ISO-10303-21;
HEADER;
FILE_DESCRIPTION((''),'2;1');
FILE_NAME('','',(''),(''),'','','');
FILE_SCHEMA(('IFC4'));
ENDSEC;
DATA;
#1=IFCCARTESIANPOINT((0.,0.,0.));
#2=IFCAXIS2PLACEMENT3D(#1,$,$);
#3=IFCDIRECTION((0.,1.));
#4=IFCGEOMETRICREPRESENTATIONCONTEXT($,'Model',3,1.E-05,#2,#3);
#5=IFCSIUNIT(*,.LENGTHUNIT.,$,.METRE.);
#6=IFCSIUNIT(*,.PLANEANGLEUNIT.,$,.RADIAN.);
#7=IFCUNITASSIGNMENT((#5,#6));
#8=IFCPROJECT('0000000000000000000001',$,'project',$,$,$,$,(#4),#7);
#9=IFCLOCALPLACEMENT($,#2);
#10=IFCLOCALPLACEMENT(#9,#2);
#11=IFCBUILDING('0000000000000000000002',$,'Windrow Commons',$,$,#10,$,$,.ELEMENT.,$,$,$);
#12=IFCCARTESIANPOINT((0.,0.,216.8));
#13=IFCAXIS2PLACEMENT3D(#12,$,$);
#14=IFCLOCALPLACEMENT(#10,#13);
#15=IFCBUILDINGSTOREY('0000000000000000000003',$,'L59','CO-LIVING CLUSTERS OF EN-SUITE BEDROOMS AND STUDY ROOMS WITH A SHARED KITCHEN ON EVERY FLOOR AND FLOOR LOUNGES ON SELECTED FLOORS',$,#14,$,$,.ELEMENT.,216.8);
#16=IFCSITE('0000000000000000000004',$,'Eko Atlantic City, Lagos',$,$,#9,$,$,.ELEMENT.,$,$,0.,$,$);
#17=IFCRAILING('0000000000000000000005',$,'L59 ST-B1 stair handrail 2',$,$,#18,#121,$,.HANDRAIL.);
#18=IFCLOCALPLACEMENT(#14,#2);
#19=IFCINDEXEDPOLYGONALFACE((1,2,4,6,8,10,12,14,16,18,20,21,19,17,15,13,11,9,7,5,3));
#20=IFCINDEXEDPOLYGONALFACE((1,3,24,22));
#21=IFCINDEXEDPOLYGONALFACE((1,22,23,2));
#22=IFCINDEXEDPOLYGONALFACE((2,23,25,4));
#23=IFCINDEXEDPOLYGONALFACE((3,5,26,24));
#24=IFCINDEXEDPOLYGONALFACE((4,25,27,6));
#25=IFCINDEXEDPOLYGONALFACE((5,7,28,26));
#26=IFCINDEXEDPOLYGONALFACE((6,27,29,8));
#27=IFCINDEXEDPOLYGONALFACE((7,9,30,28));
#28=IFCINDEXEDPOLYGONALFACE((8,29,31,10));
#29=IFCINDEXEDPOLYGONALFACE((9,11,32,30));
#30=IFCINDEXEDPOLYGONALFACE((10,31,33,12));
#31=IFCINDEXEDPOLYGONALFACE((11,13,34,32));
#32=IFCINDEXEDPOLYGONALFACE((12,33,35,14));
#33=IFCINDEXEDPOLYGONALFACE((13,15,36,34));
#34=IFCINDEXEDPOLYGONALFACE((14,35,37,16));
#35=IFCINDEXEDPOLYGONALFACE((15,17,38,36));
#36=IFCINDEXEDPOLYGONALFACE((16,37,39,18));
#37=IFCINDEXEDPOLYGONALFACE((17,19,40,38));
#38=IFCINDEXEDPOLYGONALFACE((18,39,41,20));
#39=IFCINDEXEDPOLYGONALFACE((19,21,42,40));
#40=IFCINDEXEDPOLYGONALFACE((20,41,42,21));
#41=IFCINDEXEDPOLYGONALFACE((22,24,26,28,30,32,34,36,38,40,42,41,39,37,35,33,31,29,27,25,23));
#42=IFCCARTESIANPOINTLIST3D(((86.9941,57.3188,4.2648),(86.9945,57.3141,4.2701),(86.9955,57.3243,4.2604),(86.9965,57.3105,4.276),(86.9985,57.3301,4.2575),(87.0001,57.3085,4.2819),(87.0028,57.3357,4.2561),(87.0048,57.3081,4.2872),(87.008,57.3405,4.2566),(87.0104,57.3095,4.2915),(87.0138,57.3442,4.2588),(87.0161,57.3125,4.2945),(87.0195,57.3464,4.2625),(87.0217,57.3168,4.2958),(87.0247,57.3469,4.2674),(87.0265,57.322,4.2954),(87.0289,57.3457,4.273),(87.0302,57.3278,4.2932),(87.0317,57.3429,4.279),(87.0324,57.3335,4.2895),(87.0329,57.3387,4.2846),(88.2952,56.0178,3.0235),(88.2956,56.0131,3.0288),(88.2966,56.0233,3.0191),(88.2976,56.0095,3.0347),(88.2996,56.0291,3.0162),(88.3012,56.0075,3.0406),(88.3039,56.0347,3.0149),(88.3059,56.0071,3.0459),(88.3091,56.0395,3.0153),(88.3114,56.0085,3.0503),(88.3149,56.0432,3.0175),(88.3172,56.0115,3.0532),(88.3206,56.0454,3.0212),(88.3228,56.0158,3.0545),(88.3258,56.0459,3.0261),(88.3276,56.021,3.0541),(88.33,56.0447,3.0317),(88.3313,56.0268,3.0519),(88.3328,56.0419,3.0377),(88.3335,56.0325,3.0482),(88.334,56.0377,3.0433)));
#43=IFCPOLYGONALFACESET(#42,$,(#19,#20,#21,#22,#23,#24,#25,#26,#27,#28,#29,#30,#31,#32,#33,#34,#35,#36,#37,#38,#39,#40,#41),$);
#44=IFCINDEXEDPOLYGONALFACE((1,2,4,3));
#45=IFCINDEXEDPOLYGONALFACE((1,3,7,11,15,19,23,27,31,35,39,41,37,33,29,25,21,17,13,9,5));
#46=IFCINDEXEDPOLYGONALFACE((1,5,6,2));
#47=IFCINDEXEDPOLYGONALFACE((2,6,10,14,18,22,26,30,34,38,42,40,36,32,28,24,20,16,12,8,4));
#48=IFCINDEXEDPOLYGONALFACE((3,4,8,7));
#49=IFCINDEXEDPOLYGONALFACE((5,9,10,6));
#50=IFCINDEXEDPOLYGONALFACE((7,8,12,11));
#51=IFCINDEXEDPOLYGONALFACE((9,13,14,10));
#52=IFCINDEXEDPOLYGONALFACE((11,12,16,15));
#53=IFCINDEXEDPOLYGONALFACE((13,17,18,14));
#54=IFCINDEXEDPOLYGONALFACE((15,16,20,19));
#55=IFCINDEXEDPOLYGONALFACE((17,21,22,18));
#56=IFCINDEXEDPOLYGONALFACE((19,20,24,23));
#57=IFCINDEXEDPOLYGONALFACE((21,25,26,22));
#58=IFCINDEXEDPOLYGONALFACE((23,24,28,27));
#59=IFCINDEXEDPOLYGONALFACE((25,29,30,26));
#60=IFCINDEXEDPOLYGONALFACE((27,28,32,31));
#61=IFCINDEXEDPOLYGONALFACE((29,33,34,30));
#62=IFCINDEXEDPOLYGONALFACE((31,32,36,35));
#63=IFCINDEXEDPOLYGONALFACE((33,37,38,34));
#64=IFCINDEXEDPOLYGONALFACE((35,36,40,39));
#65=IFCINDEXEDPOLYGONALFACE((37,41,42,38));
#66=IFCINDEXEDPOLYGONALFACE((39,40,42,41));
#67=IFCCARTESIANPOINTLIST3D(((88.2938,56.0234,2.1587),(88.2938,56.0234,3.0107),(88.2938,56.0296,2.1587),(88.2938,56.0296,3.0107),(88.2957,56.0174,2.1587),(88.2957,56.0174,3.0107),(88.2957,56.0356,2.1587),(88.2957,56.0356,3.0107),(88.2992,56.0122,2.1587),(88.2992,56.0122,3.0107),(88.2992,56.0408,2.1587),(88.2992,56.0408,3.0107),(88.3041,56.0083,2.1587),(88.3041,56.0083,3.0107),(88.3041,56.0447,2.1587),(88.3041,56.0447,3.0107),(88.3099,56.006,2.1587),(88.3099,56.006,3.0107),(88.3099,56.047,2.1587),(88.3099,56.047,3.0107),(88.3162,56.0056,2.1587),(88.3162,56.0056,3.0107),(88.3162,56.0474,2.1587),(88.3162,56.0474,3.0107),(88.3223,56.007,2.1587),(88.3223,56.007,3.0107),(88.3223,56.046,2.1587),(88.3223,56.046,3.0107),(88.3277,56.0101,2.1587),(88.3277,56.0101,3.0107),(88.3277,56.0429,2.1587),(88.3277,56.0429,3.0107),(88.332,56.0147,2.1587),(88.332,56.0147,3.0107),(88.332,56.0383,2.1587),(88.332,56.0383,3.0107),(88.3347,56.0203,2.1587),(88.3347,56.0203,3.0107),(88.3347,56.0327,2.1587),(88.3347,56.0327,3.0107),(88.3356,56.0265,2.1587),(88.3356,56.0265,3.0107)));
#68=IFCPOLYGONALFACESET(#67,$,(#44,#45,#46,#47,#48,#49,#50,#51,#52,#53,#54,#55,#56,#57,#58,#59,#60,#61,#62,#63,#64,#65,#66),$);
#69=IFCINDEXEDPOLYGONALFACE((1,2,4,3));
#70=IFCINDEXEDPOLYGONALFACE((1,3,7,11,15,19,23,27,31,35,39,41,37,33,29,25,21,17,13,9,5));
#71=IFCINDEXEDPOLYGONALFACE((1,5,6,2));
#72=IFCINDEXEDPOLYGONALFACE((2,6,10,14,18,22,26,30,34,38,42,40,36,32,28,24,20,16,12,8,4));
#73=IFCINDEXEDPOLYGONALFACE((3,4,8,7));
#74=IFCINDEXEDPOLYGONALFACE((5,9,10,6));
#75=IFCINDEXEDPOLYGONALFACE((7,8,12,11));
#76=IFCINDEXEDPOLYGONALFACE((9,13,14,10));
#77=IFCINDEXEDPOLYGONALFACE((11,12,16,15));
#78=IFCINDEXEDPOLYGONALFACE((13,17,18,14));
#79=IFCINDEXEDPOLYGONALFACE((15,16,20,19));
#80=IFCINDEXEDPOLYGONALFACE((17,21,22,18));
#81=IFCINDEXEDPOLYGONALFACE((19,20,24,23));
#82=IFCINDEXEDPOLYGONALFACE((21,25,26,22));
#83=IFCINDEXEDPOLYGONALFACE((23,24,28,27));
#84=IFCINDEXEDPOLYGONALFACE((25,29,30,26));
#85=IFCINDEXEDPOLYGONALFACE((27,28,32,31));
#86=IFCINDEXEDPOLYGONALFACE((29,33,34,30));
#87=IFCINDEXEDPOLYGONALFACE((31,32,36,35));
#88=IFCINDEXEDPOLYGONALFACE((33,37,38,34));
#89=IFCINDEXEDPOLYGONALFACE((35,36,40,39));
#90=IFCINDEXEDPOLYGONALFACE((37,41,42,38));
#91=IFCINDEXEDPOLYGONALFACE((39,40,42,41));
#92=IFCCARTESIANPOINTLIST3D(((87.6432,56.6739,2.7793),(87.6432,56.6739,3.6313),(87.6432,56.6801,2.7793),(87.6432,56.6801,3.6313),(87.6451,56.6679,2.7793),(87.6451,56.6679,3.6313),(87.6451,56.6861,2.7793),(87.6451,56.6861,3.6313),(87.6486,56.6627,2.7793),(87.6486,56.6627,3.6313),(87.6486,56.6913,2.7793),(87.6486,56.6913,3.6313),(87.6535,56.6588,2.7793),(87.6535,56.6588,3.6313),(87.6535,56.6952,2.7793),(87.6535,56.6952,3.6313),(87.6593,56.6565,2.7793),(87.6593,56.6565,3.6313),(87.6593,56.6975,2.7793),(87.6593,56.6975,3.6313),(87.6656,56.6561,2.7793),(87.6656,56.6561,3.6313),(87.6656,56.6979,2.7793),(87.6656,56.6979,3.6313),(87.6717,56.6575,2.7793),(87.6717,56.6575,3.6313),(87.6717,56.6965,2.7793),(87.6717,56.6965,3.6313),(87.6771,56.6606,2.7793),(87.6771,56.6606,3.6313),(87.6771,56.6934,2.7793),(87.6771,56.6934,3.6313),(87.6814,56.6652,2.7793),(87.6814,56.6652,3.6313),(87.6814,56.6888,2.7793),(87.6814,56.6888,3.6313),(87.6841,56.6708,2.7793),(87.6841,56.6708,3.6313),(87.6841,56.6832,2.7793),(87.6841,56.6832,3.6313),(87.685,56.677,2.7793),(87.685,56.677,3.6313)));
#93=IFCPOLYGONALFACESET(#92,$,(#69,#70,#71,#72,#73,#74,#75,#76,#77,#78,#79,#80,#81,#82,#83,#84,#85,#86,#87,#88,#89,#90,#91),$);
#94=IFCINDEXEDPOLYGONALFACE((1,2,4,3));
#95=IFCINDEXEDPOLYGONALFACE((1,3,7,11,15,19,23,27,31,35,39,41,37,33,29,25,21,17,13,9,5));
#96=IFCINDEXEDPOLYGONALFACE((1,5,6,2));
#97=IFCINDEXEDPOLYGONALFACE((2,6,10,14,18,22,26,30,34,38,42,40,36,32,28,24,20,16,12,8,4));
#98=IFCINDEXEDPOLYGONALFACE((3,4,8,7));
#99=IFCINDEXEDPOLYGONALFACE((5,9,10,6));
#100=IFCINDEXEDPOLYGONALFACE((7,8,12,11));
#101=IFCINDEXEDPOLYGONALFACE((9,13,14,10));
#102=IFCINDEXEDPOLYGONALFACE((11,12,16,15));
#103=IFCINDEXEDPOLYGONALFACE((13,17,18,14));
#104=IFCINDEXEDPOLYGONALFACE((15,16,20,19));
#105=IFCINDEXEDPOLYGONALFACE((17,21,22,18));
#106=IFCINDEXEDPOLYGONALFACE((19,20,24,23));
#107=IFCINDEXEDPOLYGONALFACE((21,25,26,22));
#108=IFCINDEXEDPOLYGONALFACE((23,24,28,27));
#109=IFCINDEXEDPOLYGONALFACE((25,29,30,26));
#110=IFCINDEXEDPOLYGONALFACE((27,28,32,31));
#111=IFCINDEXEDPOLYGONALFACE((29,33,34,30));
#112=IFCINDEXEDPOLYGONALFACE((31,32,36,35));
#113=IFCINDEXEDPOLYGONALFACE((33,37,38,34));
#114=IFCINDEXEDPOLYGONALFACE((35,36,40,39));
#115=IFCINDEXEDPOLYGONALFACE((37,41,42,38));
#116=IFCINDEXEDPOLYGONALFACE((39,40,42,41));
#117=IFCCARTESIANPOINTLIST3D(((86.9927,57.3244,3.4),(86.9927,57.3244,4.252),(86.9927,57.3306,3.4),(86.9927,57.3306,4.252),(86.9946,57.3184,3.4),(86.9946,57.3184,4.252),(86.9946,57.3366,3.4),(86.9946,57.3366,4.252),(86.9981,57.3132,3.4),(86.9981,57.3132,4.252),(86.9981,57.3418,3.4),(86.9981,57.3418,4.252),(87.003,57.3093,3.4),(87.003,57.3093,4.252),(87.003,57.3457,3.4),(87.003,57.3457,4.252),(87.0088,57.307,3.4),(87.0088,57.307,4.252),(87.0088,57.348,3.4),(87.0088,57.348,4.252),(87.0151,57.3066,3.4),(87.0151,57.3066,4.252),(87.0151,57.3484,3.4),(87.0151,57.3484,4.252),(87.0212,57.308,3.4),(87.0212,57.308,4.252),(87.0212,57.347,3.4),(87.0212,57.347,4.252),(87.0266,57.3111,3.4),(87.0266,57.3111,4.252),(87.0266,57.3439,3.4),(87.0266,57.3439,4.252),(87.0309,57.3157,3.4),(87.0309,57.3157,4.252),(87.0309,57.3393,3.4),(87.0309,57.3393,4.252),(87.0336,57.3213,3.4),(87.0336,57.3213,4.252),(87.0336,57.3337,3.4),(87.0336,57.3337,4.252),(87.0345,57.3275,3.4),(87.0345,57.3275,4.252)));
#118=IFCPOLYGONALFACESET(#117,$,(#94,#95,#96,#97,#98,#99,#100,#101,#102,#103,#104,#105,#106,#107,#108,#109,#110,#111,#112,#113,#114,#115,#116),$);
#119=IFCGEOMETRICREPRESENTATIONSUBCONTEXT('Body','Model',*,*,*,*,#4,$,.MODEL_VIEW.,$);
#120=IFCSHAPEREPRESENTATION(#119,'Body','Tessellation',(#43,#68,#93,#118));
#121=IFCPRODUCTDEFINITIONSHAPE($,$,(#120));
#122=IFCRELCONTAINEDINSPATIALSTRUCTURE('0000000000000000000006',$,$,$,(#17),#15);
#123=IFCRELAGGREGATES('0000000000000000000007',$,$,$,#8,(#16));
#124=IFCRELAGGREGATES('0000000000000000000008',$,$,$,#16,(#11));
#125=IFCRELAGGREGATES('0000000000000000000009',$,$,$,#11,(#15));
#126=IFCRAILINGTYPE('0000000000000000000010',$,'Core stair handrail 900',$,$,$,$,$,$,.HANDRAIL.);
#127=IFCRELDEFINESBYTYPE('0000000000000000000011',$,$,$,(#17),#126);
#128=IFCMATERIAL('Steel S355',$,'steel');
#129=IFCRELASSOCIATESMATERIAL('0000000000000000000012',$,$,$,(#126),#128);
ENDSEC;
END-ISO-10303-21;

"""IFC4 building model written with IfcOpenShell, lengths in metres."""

from ifc_helpers import new_model, si_unit, direction, frame, origin, origin_2d, place, context, subcontext, project, spatial, circle, extrude, material, type_object, element, save


model = new_model("IFC4")

# Units and contexts
model_context = context("Model", 3, precision=1e-05, world=origin(), true_north=direction((0.0, 1.0)))
body_context = subcontext(model_context, "Body", "Model", "MODEL_VIEW")
ifc_project = project(units=[si_unit("LENGTHUNIT", "METRE"), si_unit("PLANEANGLEUNIT", "RADIAN")], contexts=[model_context])

# Site, building, storey
site_placement = place(None, origin())
site = spatial("IfcSite", under=ifc_project, at=site_placement, Name="Eko Atlantic City, Lagos", CompositionType="ELEMENT", RefElevation=0.0)
building_placement = place(site_placement, origin())
building = spatial("IfcBuilding", under=site, at=building_placement, Name="Windrow Commons", CompositionType="ELEMENT")
storey_placement = place(building_placement, frame((0.0, 0.0, 216.8)))
storey = spatial("IfcBuildingStorey", under=building, at=storey_placement, Name="L59", Description="CO-LIVING CLUSTERS OF EN-SUITE BEDROOMS AND STUDY ROOMS WITH A SHARED KITCHEN ON EVERY FLOOR AND FLOOR LOUNGES ON SELECTED FLOORS", CompositionType="ELEMENT", Elevation=216.8)

# Railing
ifc_material_1 = material(Name="Steel S355", Category="steel")
railing_type_1 = type_object("IfcRailingType", Name="Core stair handrail 900", PredefinedType="HANDRAIL", material=ifc_material_1)
railing_1_placement = place(storey_placement, frame((88.3146, 56.0265, 2.1587)))
element("IfcRailing", 1, at=railing_1_placement, inside=storey, type_object=railing_type_1, Name="L59 ST-B1 stair handrail 2", PredefinedType="HANDRAIL", context=body_context, shape_type="SweptSolid", body=[
    extrude(circle(Radius=0.024, at=origin_2d()), frame((0.0, 0.0, 0.876), z_axis=(-0.586207, 0.586162, 0.559264), x_axis=(-0.70708, -0.707134, 0.0)), (0.0, 0.0, 1.0), 2.2195),
    extrude(circle(Radius=0.021, at=origin_2d()), origin(), (0.0, 0.0, 1.0), 0.852),
    extrude(circle(Radius=0.021, at=origin_2d()), frame((-0.6506, 0.6505, 0.6206)), (0.0, 0.0, 1.0), 0.852),
    extrude(circle(Radius=0.021, at=origin_2d()), frame((-1.3011, 1.301, 1.2413)), (0.0, 0.0, 1.0), 0.852),
])

save(model, "model.ifc")
